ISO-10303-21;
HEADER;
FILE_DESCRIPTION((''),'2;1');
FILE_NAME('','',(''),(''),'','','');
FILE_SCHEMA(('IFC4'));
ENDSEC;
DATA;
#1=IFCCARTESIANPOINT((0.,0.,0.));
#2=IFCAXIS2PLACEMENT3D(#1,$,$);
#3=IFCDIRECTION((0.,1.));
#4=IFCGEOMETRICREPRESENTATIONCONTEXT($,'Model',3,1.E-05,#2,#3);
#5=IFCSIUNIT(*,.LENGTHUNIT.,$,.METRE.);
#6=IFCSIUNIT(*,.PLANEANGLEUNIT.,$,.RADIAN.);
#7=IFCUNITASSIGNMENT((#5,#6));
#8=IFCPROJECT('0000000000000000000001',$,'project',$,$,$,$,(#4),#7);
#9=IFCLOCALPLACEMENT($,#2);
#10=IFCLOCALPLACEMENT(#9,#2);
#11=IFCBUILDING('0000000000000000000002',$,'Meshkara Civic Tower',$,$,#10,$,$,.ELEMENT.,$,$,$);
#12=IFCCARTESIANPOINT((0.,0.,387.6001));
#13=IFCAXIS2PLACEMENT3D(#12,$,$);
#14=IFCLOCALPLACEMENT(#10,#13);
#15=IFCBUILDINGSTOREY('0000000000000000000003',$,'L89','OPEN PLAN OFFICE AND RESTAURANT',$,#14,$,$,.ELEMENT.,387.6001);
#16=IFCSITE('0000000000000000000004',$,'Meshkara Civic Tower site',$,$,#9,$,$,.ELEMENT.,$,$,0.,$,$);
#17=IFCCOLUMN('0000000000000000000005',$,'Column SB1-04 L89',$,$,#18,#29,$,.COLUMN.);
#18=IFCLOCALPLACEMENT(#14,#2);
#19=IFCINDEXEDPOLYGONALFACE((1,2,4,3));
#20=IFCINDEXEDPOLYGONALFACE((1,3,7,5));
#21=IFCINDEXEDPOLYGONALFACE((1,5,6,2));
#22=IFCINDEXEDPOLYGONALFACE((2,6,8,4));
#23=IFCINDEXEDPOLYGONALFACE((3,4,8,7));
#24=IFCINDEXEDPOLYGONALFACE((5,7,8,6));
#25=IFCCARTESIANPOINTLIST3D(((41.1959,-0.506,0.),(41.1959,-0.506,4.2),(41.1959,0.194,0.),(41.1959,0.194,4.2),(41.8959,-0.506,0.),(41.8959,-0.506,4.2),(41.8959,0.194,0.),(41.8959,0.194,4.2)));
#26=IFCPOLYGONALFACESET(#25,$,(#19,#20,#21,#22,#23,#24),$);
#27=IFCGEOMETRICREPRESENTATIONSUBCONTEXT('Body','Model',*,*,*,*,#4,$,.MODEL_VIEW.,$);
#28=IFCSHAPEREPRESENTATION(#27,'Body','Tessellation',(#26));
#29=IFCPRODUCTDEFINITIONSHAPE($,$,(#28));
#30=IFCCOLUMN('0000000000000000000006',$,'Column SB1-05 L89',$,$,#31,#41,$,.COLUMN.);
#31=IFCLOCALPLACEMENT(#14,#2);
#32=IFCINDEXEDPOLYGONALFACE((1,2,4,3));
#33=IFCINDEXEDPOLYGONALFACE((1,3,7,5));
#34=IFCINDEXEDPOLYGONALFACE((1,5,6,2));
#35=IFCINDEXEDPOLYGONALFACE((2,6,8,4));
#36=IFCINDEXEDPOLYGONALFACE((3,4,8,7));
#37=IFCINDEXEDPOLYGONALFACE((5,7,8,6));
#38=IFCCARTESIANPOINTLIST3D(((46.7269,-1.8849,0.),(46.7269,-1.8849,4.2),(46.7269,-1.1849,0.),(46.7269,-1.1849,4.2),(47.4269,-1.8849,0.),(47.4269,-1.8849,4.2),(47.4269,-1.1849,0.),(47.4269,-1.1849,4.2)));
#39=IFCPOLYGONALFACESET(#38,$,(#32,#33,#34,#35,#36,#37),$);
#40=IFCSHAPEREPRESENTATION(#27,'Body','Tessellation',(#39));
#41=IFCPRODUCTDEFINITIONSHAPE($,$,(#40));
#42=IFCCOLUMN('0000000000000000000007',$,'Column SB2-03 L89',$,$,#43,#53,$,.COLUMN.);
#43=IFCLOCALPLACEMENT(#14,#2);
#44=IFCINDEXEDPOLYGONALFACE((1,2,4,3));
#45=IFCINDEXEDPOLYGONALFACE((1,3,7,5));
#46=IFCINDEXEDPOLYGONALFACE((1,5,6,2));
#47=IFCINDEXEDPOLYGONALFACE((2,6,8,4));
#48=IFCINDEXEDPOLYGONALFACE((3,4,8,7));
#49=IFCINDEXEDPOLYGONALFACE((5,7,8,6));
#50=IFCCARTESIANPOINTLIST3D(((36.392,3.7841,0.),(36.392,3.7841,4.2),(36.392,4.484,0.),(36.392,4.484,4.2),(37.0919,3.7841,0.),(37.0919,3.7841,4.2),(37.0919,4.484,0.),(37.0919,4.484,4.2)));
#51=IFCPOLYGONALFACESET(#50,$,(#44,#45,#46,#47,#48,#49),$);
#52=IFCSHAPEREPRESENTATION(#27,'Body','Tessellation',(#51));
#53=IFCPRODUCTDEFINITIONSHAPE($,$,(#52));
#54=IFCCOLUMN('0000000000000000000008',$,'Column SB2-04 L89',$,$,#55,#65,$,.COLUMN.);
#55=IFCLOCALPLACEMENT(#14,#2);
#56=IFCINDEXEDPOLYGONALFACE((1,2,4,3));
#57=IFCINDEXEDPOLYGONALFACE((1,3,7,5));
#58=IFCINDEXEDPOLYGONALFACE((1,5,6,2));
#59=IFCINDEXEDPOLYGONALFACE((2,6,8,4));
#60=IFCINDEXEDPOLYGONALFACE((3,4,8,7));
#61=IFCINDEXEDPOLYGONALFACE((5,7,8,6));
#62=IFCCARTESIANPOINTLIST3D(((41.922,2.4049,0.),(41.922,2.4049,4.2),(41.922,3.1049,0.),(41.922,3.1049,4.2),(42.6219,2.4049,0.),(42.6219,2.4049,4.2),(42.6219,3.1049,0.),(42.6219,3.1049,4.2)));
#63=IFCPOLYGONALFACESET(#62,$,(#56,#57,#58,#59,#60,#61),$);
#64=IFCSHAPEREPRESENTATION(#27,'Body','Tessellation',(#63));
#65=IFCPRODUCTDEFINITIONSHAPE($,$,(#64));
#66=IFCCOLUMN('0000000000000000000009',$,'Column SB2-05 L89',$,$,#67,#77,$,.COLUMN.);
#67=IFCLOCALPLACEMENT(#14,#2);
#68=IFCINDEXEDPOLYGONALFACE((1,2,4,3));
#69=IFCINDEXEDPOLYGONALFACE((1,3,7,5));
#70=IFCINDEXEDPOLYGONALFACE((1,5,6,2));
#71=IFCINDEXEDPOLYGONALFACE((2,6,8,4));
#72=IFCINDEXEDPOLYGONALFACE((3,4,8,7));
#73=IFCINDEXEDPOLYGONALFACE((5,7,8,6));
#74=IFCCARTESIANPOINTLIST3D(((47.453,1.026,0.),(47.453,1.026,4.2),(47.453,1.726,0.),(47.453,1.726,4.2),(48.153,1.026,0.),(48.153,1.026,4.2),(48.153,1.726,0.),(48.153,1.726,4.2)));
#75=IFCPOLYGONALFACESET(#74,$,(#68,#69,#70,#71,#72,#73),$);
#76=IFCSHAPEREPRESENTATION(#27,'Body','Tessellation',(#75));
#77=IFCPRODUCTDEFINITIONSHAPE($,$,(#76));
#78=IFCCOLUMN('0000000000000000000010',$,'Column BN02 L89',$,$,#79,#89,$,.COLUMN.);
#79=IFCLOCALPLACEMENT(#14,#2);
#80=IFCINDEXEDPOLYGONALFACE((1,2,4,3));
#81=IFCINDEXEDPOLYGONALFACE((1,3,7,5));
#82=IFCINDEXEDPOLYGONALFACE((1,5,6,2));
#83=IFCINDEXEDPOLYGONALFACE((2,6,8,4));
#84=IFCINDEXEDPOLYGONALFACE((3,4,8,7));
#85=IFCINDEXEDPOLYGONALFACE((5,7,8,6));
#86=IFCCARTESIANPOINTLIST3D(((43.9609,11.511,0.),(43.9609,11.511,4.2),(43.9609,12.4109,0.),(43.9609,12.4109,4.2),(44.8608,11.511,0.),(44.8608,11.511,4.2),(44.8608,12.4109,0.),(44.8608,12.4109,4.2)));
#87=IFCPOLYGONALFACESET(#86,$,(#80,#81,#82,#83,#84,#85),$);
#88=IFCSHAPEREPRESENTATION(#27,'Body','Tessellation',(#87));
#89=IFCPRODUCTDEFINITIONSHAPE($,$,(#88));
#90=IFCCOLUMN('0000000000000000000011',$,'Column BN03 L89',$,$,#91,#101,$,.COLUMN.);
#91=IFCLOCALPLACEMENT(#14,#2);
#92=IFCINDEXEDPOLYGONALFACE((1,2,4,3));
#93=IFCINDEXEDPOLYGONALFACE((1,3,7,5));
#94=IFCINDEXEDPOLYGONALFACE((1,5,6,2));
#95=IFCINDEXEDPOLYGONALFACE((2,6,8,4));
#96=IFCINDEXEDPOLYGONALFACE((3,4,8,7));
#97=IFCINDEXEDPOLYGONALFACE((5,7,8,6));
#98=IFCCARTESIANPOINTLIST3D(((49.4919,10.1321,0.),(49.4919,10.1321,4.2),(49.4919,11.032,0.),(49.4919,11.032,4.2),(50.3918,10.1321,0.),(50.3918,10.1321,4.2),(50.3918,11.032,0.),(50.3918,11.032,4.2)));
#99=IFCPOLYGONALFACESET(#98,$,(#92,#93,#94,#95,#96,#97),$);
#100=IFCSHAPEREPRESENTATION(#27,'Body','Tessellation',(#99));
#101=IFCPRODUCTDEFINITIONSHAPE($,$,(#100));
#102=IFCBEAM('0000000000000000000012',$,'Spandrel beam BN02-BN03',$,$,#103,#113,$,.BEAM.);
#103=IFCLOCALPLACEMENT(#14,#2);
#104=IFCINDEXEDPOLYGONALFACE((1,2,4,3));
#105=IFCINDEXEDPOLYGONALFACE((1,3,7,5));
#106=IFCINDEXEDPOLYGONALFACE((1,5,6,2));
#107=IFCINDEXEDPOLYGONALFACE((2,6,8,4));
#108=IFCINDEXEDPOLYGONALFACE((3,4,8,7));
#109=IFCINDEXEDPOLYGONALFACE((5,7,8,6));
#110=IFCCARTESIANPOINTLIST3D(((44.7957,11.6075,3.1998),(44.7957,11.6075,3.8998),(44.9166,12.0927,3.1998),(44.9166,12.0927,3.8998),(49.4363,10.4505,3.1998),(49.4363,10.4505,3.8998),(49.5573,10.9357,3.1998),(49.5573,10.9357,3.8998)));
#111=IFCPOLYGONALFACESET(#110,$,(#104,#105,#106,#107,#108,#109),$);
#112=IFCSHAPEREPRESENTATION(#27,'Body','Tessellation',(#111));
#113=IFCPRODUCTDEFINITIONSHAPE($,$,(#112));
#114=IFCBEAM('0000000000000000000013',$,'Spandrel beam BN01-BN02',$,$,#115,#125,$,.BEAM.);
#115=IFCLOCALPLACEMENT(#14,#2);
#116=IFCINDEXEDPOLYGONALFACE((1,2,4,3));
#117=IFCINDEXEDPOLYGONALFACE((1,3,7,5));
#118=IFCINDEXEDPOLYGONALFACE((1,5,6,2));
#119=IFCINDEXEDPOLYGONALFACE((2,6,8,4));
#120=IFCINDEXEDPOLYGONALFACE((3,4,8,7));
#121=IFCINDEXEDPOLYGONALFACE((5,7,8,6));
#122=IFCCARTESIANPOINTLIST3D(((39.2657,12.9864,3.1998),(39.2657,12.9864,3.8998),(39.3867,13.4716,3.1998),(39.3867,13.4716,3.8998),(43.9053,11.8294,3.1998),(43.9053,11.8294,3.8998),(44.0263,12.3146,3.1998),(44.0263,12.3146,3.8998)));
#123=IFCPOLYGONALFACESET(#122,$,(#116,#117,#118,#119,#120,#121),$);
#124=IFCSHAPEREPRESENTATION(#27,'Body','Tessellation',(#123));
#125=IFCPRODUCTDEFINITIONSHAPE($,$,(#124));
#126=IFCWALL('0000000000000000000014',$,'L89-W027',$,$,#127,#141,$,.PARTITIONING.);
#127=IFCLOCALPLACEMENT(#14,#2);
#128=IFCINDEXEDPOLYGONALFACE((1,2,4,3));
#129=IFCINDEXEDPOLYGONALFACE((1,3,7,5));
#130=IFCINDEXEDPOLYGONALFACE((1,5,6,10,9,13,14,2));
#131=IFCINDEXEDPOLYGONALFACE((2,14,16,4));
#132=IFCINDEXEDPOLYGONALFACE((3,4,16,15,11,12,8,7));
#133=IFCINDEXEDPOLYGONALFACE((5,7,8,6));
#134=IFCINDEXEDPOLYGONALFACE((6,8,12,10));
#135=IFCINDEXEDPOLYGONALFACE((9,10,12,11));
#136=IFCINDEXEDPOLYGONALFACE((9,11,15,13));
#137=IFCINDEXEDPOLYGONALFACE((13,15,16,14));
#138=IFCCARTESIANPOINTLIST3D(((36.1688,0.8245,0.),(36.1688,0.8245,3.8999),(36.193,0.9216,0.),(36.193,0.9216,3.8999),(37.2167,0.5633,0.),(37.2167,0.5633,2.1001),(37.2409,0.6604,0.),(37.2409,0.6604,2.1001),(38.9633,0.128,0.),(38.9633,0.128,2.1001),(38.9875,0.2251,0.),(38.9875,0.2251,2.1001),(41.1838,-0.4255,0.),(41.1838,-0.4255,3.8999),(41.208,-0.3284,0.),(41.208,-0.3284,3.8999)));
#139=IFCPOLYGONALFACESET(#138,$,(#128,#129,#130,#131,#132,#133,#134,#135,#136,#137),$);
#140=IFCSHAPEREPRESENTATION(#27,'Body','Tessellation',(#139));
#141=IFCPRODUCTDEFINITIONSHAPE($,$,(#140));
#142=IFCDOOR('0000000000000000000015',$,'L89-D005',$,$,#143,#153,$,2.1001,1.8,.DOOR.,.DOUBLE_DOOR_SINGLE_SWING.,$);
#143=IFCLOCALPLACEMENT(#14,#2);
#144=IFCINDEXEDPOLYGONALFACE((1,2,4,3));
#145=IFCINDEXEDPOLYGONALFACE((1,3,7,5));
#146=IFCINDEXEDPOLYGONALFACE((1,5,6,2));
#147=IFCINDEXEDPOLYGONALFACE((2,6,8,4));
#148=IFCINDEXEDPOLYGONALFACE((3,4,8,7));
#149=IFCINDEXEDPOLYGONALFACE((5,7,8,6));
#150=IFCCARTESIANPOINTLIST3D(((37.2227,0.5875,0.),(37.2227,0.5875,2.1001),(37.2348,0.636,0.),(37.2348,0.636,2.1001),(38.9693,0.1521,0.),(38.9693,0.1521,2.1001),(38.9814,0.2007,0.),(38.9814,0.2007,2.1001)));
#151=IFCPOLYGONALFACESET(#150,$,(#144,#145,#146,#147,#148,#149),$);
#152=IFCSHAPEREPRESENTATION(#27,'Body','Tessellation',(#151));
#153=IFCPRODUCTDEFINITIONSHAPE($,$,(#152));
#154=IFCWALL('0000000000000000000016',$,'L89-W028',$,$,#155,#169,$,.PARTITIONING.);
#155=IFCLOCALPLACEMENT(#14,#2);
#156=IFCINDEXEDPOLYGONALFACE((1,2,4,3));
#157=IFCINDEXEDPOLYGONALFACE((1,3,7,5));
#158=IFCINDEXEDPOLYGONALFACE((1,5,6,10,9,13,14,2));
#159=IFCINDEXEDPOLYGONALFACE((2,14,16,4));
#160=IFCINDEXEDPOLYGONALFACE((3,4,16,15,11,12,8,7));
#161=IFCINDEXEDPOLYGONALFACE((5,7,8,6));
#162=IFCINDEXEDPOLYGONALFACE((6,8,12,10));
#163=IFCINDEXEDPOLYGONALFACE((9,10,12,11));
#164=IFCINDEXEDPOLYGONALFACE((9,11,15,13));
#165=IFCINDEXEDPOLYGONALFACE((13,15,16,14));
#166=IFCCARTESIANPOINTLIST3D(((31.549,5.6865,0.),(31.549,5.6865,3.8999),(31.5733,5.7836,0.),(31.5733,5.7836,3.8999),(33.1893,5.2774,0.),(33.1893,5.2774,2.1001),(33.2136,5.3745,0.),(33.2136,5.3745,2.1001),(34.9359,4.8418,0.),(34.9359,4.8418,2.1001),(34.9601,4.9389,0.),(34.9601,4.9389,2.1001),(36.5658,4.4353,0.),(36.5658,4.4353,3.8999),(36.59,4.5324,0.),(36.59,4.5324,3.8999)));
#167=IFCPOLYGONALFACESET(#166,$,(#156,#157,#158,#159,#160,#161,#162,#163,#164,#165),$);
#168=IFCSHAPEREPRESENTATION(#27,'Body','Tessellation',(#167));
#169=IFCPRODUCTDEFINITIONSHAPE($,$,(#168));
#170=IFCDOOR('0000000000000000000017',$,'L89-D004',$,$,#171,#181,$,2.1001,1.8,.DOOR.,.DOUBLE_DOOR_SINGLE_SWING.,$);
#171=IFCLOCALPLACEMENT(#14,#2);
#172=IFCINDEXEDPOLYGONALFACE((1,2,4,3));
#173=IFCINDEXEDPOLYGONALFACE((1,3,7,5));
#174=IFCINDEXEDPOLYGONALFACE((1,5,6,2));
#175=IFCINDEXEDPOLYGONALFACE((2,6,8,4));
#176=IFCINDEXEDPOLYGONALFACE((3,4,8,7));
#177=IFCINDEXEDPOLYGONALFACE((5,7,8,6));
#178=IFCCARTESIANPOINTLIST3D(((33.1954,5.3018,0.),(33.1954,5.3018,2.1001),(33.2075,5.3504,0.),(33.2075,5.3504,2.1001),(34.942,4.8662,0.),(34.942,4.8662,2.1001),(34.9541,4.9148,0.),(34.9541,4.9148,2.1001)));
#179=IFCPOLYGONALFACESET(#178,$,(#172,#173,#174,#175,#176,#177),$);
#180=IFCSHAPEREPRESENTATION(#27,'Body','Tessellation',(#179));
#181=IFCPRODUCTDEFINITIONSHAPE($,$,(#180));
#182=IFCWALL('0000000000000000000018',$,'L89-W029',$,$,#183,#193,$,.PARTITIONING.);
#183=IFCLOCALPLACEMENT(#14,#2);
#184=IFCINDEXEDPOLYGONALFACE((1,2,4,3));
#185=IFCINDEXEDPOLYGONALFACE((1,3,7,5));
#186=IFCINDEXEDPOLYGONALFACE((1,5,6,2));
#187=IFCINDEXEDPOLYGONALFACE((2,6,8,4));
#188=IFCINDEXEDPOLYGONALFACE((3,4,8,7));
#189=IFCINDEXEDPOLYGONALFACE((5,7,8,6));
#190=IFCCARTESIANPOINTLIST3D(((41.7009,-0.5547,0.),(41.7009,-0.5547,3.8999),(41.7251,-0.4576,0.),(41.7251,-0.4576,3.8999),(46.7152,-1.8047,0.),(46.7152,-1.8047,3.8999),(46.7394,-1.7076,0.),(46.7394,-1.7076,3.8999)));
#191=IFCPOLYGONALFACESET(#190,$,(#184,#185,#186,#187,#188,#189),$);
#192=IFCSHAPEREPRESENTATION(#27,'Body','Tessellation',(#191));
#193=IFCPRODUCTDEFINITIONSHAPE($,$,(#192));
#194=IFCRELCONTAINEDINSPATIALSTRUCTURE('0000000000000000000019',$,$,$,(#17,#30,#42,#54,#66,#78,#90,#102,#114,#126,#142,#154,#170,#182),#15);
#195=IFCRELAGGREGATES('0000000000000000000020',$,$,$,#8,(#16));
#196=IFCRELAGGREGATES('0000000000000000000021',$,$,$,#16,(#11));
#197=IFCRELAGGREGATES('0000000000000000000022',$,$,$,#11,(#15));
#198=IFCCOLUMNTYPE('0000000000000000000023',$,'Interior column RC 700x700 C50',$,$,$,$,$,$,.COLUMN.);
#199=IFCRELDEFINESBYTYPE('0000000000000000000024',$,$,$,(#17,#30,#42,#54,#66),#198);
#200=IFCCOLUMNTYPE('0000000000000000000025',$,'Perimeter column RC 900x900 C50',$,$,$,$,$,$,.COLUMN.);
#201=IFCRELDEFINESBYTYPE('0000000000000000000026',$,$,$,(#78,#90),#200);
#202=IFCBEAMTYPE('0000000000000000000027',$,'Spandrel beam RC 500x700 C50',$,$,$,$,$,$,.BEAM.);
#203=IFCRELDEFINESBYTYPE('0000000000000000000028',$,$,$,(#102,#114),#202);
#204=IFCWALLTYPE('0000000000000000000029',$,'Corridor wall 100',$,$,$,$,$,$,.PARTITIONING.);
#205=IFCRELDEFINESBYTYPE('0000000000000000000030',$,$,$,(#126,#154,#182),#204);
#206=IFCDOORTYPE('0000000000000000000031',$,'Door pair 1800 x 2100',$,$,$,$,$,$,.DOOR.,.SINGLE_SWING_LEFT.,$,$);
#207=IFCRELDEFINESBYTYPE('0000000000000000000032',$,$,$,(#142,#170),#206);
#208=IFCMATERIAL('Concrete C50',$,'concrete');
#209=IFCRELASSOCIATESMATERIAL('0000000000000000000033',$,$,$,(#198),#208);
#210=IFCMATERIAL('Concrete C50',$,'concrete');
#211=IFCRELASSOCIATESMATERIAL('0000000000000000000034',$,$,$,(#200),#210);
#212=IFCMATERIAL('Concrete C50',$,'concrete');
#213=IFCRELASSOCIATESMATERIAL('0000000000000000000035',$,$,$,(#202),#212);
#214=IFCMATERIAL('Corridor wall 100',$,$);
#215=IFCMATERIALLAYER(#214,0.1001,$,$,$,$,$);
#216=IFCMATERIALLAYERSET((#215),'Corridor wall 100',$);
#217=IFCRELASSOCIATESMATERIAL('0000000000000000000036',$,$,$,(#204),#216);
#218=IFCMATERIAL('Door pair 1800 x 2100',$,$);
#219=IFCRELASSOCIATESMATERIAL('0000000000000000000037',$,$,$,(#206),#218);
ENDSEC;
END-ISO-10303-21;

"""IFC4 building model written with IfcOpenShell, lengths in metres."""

from ifc_helpers import new_model, si_unit, direction, frame, frame_2d, origin, origin_2d, place, context, subcontext, project, spatial, rectangle, extrude, material, layer, layer_set, material_profile, profile_set, type_object, element, fill, save


model = new_model("IFC4")

# Units and contexts
model_context = context("Model", 3, precision=1e-05, world=origin(), true_north=direction((0.0, 1.0)))
body_context = subcontext(model_context, "Body", "Model", "MODEL_VIEW")
ifc_project = project(units=[si_unit("LENGTHUNIT", "METRE"), si_unit("PLANEANGLEUNIT", "RADIAN")], contexts=[model_context])

# Site, building, storey
site_placement = place(None, origin())
site = spatial("IfcSite", under=ifc_project, at=site_placement, Name="Meshkara Civic Tower site", CompositionType="ELEMENT", RefElevation=0.0)
building_placement = place(site_placement, origin())
building = spatial("IfcBuilding", under=site, at=building_placement, Name="Meshkara Civic Tower", CompositionType="ELEMENT")
storey_placement = place(building_placement, frame((0.0, 0.0, 387.6001)))
storey = spatial("IfcBuildingStorey", under=building, at=storey_placement, Name="L89", Description="OPEN PLAN OFFICE AND RESTAURANT", CompositionType="ELEMENT", Elevation=387.6001)

# Columns
ifc_material_1 = material(Name="Concrete C50", Category="concrete")
ifc_material_profile_1 = material_profile(ifc_material_1, rectangle(XDim=0.7, YDim=0.7, at=origin_2d()))
ifc_profile_set_1 = profile_set([ifc_material_profile_1], Name="Concrete C50")
column_type_1 = type_object("IfcColumnType", Name="Interior column RC 700x700 C50", PredefinedType="COLUMN", material=ifc_profile_set_1)
for number, where, z_axis, x_axis, name in (
    (1, (41.5459, -0.156, 0.0), (0.0, 0.0, 1.0), (1.0, 0.0, 0.0), "Column SB1-04 L89"),
    (2, (47.0769, -1.5349, 0.0), (0.0, 0.0, 1.0), (1.0, 0.0, 0.0), "Column SB1-05 L89"),
    (3, (36.7419, 4.134, 0.0), (0.0, 0.0, 1.0), (1.0, 0.0, 0.0), "Column SB2-03 L89"),
    (4, (42.272, 2.7549, 0.0), (0.0, 0.0, 1.0), (1.0, 0.0, 0.0), "Column SB2-04 L89"),
    (5, (47.803, 1.376, 0.0), (0.0, 0.0, 1.0), (1.0, 0.0, 0.0), "Column SB2-05 L89"),
):
    element("IfcColumn", number, at=place(storey_placement, frame(where, z_axis=z_axis, x_axis=x_axis)), inside=storey, type_object=column_type_1, Name=name, PredefinedType="COLUMN", context=body_context, shape_type="SweptSolid", body=[
        extrude(rectangle(XDim=0.7, YDim=0.7, at=origin_2d()), origin(), (0.0, 0.0, 1.0), 4.2),
    ])
ifc_material_2 = material(Name="Concrete C50", Category="concrete")
ifc_material_profile_2 = material_profile(ifc_material_2, rectangle(XDim=0.8999, YDim=0.8999, at=origin_2d()))
ifc_profile_set_2 = profile_set([ifc_material_profile_2], Name="Concrete C50")
column_type_2 = type_object("IfcColumnType", Name="Perimeter column RC 900x900 C50", PredefinedType="COLUMN", material=ifc_profile_set_2)
for number, where, z_axis, x_axis, name in (
    (6, (44.4109, 11.9609, 0.0), (0.0, 0.0, 1.0), (1.0, 0.0, 0.0), "Column BN02 L89"),
    (7, (49.9419, 10.582, 0.0), (0.0, 0.0, 1.0), (1.0, 0.0, 0.0), "Column BN03 L89"),
):
    element("IfcColumn", number, at=place(storey_placement, frame(where, z_axis=z_axis, x_axis=x_axis)), inside=storey, type_object=column_type_2, Name=name, PredefinedType="COLUMN", context=body_context, shape_type="SweptSolid", body=[
        extrude(rectangle(XDim=0.8999, YDim=0.8999, at=origin_2d()), origin(), (0.0, 0.0, 1.0), 4.2),
    ])

# Beams
ifc_material_3 = material(Name="Concrete C50", Category="concrete")
ifc_material_profile_3 = material_profile(ifc_material_3, rectangle(XDim=0.5, YDim=0.7, at=origin_2d()))
ifc_profile_set_3 = profile_set([ifc_material_profile_3], Name="Concrete C50")
beam_type = type_object("IfcBeamType", Name="Spandrel beam RC 500x700 C50", PredefinedType="BEAM", material=ifc_profile_set_3)
beam_1_placement = place(storey_placement, frame((49.4968, 10.6931, 3.5498), z_axis=(-0.970298, 0.241911, 0.0), x_axis=(-0.241911, -0.970298, 0.0)))
element("IfcBeam", 8, at=beam_1_placement, inside=storey, type_object=beam_type, Name="Spandrel beam BN02-BN03", PredefinedType="BEAM", context=body_context, shape_type="SweptSolid", body=[
    extrude(rectangle(XDim=0.5, YDim=0.7, at=origin_2d()), origin(), (0.0, 0.0, 1.0), 4.7827),
])
beam_2_placement = place(storey_placement, frame((43.9658, 12.072, 3.5498), z_axis=(-0.970286, 0.241959, 0.0), x_axis=(-0.241959, -0.970286, 0.0)))
element("IfcBeam", 9, at=beam_2_placement, inside=storey, type_object=beam_type, Name="Spandrel beam BN01-BN02", PredefinedType="BEAM", context=body_context, shape_type="SweptSolid", body=[
    extrude(rectangle(XDim=0.5, YDim=0.7, at=origin_2d()), origin(), (0.0, 0.0, 1.0), 4.7817),
])

# Walls, openings, doors
ifc_material_4 = material(Name="Corridor wall 100")
ifc_layer_1 = layer(ifc_material_4, 0.1001)
ifc_layer_set_1 = layer_set([ifc_layer_1], Name="Corridor wall 100")
wall_type_1 = type_object("IfcWallType", Name="Corridor wall 100", PredefinedType="PARTITIONING", material=ifc_layer_set_1)
wall_1_placement = place(storey_placement, frame((36.1809, 0.873, 0.0), z_axis=(0.0, 0.0, 1.0), x_axis=(0.970315, -0.241846, 0.0)))
wall_1 = element("IfcWall", 10, at=wall_1_placement, inside=storey, type_object=wall_type_1, Name="L89-W027", PredefinedType="PARTITIONING", context=body_context, shape_type="SweptSolid", body=[
    extrude(rectangle(XDim=5.1685, YDim=0.1001, at=frame_2d((2.5842, 0.0))), origin(), (0.0, 0.0, 1.0), 3.8999),
])
opening_1_placement = place(wall_1_placement, frame((1.0801, 0.0, 0.0)))
opening_1 = element("IfcOpeningElement", 11, at=opening_1_placement, cuts=wall_1, PredefinedType="OPENING", context=body_context, shape_type="SweptSolid", body=[
    extrude(rectangle(XDim=1.8, YDim=2.1001, at=frame_2d((0.8999, 1.05))), frame((0.0, 0.0601, 0.0), z_axis=(0.0, -1.0, 0.0), x_axis=(1.0, 0.0, 0.0)), (0.0, 0.0, 1.0), 0.1201),
])
ifc_material_5 = material(Name="Door pair 1800 x 2100")
door_type_1 = type_object("IfcDoorType", Name="Door pair 1800 x 2100", OperationType="SINGLE_SWING_LEFT", PredefinedType="DOOR", material=ifc_material_5)
door_1_placement = place(opening_1_placement, origin())
door_1 = element("IfcDoor", 12, at=door_1_placement, inside=storey, type_object=door_type_1, Name="L89-D005", OperationType="DOUBLE_DOOR_SINGLE_SWING", OverallHeight=2.1001, OverallWidth=1.8, PredefinedType="DOOR", context=body_context, shape_type="SweptSolid", body=[
    extrude(rectangle(XDim=1.8, YDim=2.1001, at=frame_2d((0.8999, 1.05))), frame((0.0, 0.0249, 0.0), z_axis=(0.0, -1.0, 0.0), x_axis=(1.0, 0.0, 0.0)), (0.0, 0.0, 1.0), 0.05),
])
fill(opening_1, door_1)
wall_2_placement = place(storey_placement, frame((36.5779, 4.4839, 0.0), z_axis=(0.0, 0.0, 1.0), x_axis=(-0.970278, 0.241991, 0.0)))
wall_2 = element("IfcWall", 13, at=wall_2_placement, inside=storey, type_object=wall_type_1, Name="L89-W028", PredefinedType="PARTITIONING", context=body_context, shape_type="SweptSolid", body=[
    extrude(rectangle(XDim=5.1704, YDim=0.1001, at=frame_2d((2.5852, 0.0))), origin(), (0.0, 0.0, 1.0), 3.8999),
])
opening_2_placement = place(wall_2_placement, frame((1.6799, 0.0, 0.0)))
opening_2 = element("IfcOpeningElement", 14, at=opening_2_placement, cuts=wall_2, PredefinedType="OPENING", context=body_context, shape_type="SweptSolid", body=[
    extrude(rectangle(XDim=1.8, YDim=2.1001, at=frame_2d((0.8999, 1.05))), frame((0.0, 0.0601, 0.0), z_axis=(0.0, -1.0, 0.0), x_axis=(1.0, 0.0, 0.0)), (0.0, 0.0, 1.0), 0.1201),
])
door_2_placement = place(opening_2_placement, origin())
door_2 = element("IfcDoor", 15, at=door_2_placement, inside=storey, type_object=door_type_1, Name="L89-D004", OperationType="DOUBLE_DOOR_SINGLE_SWING", OverallHeight=2.1001, OverallWidth=1.8, PredefinedType="DOOR", context=body_context, shape_type="SweptSolid", body=[
    extrude(rectangle(XDim=1.8, YDim=2.1001, at=frame_2d((0.8999, 1.05))), frame((0.0, 0.0249, 0.0), z_axis=(0.0, -1.0, 0.0), x_axis=(1.0, 0.0, 0.0)), (0.0, 0.0, 1.0), 0.05),
])
fill(opening_2, door_2)

# Wall
wall_3_placement = place(storey_placement, frame((41.7129, -0.5061, 0.0), z_axis=(0.0, 0.0, 1.0), x_axis=(0.970303, -0.241891, 0.0)))
element("IfcWall", 16, at=wall_3_placement, inside=storey, type_object=wall_type_1, Name="L89-W029", PredefinedType="PARTITIONING", context=body_context, shape_type="SweptSolid", body=[
    extrude(rectangle(XDim=5.1677, YDim=0.1001, at=frame_2d((2.584, 0.0))), origin(), (0.0, 0.0, 1.0), 3.8999),
])

save(model, "model.ifc")
